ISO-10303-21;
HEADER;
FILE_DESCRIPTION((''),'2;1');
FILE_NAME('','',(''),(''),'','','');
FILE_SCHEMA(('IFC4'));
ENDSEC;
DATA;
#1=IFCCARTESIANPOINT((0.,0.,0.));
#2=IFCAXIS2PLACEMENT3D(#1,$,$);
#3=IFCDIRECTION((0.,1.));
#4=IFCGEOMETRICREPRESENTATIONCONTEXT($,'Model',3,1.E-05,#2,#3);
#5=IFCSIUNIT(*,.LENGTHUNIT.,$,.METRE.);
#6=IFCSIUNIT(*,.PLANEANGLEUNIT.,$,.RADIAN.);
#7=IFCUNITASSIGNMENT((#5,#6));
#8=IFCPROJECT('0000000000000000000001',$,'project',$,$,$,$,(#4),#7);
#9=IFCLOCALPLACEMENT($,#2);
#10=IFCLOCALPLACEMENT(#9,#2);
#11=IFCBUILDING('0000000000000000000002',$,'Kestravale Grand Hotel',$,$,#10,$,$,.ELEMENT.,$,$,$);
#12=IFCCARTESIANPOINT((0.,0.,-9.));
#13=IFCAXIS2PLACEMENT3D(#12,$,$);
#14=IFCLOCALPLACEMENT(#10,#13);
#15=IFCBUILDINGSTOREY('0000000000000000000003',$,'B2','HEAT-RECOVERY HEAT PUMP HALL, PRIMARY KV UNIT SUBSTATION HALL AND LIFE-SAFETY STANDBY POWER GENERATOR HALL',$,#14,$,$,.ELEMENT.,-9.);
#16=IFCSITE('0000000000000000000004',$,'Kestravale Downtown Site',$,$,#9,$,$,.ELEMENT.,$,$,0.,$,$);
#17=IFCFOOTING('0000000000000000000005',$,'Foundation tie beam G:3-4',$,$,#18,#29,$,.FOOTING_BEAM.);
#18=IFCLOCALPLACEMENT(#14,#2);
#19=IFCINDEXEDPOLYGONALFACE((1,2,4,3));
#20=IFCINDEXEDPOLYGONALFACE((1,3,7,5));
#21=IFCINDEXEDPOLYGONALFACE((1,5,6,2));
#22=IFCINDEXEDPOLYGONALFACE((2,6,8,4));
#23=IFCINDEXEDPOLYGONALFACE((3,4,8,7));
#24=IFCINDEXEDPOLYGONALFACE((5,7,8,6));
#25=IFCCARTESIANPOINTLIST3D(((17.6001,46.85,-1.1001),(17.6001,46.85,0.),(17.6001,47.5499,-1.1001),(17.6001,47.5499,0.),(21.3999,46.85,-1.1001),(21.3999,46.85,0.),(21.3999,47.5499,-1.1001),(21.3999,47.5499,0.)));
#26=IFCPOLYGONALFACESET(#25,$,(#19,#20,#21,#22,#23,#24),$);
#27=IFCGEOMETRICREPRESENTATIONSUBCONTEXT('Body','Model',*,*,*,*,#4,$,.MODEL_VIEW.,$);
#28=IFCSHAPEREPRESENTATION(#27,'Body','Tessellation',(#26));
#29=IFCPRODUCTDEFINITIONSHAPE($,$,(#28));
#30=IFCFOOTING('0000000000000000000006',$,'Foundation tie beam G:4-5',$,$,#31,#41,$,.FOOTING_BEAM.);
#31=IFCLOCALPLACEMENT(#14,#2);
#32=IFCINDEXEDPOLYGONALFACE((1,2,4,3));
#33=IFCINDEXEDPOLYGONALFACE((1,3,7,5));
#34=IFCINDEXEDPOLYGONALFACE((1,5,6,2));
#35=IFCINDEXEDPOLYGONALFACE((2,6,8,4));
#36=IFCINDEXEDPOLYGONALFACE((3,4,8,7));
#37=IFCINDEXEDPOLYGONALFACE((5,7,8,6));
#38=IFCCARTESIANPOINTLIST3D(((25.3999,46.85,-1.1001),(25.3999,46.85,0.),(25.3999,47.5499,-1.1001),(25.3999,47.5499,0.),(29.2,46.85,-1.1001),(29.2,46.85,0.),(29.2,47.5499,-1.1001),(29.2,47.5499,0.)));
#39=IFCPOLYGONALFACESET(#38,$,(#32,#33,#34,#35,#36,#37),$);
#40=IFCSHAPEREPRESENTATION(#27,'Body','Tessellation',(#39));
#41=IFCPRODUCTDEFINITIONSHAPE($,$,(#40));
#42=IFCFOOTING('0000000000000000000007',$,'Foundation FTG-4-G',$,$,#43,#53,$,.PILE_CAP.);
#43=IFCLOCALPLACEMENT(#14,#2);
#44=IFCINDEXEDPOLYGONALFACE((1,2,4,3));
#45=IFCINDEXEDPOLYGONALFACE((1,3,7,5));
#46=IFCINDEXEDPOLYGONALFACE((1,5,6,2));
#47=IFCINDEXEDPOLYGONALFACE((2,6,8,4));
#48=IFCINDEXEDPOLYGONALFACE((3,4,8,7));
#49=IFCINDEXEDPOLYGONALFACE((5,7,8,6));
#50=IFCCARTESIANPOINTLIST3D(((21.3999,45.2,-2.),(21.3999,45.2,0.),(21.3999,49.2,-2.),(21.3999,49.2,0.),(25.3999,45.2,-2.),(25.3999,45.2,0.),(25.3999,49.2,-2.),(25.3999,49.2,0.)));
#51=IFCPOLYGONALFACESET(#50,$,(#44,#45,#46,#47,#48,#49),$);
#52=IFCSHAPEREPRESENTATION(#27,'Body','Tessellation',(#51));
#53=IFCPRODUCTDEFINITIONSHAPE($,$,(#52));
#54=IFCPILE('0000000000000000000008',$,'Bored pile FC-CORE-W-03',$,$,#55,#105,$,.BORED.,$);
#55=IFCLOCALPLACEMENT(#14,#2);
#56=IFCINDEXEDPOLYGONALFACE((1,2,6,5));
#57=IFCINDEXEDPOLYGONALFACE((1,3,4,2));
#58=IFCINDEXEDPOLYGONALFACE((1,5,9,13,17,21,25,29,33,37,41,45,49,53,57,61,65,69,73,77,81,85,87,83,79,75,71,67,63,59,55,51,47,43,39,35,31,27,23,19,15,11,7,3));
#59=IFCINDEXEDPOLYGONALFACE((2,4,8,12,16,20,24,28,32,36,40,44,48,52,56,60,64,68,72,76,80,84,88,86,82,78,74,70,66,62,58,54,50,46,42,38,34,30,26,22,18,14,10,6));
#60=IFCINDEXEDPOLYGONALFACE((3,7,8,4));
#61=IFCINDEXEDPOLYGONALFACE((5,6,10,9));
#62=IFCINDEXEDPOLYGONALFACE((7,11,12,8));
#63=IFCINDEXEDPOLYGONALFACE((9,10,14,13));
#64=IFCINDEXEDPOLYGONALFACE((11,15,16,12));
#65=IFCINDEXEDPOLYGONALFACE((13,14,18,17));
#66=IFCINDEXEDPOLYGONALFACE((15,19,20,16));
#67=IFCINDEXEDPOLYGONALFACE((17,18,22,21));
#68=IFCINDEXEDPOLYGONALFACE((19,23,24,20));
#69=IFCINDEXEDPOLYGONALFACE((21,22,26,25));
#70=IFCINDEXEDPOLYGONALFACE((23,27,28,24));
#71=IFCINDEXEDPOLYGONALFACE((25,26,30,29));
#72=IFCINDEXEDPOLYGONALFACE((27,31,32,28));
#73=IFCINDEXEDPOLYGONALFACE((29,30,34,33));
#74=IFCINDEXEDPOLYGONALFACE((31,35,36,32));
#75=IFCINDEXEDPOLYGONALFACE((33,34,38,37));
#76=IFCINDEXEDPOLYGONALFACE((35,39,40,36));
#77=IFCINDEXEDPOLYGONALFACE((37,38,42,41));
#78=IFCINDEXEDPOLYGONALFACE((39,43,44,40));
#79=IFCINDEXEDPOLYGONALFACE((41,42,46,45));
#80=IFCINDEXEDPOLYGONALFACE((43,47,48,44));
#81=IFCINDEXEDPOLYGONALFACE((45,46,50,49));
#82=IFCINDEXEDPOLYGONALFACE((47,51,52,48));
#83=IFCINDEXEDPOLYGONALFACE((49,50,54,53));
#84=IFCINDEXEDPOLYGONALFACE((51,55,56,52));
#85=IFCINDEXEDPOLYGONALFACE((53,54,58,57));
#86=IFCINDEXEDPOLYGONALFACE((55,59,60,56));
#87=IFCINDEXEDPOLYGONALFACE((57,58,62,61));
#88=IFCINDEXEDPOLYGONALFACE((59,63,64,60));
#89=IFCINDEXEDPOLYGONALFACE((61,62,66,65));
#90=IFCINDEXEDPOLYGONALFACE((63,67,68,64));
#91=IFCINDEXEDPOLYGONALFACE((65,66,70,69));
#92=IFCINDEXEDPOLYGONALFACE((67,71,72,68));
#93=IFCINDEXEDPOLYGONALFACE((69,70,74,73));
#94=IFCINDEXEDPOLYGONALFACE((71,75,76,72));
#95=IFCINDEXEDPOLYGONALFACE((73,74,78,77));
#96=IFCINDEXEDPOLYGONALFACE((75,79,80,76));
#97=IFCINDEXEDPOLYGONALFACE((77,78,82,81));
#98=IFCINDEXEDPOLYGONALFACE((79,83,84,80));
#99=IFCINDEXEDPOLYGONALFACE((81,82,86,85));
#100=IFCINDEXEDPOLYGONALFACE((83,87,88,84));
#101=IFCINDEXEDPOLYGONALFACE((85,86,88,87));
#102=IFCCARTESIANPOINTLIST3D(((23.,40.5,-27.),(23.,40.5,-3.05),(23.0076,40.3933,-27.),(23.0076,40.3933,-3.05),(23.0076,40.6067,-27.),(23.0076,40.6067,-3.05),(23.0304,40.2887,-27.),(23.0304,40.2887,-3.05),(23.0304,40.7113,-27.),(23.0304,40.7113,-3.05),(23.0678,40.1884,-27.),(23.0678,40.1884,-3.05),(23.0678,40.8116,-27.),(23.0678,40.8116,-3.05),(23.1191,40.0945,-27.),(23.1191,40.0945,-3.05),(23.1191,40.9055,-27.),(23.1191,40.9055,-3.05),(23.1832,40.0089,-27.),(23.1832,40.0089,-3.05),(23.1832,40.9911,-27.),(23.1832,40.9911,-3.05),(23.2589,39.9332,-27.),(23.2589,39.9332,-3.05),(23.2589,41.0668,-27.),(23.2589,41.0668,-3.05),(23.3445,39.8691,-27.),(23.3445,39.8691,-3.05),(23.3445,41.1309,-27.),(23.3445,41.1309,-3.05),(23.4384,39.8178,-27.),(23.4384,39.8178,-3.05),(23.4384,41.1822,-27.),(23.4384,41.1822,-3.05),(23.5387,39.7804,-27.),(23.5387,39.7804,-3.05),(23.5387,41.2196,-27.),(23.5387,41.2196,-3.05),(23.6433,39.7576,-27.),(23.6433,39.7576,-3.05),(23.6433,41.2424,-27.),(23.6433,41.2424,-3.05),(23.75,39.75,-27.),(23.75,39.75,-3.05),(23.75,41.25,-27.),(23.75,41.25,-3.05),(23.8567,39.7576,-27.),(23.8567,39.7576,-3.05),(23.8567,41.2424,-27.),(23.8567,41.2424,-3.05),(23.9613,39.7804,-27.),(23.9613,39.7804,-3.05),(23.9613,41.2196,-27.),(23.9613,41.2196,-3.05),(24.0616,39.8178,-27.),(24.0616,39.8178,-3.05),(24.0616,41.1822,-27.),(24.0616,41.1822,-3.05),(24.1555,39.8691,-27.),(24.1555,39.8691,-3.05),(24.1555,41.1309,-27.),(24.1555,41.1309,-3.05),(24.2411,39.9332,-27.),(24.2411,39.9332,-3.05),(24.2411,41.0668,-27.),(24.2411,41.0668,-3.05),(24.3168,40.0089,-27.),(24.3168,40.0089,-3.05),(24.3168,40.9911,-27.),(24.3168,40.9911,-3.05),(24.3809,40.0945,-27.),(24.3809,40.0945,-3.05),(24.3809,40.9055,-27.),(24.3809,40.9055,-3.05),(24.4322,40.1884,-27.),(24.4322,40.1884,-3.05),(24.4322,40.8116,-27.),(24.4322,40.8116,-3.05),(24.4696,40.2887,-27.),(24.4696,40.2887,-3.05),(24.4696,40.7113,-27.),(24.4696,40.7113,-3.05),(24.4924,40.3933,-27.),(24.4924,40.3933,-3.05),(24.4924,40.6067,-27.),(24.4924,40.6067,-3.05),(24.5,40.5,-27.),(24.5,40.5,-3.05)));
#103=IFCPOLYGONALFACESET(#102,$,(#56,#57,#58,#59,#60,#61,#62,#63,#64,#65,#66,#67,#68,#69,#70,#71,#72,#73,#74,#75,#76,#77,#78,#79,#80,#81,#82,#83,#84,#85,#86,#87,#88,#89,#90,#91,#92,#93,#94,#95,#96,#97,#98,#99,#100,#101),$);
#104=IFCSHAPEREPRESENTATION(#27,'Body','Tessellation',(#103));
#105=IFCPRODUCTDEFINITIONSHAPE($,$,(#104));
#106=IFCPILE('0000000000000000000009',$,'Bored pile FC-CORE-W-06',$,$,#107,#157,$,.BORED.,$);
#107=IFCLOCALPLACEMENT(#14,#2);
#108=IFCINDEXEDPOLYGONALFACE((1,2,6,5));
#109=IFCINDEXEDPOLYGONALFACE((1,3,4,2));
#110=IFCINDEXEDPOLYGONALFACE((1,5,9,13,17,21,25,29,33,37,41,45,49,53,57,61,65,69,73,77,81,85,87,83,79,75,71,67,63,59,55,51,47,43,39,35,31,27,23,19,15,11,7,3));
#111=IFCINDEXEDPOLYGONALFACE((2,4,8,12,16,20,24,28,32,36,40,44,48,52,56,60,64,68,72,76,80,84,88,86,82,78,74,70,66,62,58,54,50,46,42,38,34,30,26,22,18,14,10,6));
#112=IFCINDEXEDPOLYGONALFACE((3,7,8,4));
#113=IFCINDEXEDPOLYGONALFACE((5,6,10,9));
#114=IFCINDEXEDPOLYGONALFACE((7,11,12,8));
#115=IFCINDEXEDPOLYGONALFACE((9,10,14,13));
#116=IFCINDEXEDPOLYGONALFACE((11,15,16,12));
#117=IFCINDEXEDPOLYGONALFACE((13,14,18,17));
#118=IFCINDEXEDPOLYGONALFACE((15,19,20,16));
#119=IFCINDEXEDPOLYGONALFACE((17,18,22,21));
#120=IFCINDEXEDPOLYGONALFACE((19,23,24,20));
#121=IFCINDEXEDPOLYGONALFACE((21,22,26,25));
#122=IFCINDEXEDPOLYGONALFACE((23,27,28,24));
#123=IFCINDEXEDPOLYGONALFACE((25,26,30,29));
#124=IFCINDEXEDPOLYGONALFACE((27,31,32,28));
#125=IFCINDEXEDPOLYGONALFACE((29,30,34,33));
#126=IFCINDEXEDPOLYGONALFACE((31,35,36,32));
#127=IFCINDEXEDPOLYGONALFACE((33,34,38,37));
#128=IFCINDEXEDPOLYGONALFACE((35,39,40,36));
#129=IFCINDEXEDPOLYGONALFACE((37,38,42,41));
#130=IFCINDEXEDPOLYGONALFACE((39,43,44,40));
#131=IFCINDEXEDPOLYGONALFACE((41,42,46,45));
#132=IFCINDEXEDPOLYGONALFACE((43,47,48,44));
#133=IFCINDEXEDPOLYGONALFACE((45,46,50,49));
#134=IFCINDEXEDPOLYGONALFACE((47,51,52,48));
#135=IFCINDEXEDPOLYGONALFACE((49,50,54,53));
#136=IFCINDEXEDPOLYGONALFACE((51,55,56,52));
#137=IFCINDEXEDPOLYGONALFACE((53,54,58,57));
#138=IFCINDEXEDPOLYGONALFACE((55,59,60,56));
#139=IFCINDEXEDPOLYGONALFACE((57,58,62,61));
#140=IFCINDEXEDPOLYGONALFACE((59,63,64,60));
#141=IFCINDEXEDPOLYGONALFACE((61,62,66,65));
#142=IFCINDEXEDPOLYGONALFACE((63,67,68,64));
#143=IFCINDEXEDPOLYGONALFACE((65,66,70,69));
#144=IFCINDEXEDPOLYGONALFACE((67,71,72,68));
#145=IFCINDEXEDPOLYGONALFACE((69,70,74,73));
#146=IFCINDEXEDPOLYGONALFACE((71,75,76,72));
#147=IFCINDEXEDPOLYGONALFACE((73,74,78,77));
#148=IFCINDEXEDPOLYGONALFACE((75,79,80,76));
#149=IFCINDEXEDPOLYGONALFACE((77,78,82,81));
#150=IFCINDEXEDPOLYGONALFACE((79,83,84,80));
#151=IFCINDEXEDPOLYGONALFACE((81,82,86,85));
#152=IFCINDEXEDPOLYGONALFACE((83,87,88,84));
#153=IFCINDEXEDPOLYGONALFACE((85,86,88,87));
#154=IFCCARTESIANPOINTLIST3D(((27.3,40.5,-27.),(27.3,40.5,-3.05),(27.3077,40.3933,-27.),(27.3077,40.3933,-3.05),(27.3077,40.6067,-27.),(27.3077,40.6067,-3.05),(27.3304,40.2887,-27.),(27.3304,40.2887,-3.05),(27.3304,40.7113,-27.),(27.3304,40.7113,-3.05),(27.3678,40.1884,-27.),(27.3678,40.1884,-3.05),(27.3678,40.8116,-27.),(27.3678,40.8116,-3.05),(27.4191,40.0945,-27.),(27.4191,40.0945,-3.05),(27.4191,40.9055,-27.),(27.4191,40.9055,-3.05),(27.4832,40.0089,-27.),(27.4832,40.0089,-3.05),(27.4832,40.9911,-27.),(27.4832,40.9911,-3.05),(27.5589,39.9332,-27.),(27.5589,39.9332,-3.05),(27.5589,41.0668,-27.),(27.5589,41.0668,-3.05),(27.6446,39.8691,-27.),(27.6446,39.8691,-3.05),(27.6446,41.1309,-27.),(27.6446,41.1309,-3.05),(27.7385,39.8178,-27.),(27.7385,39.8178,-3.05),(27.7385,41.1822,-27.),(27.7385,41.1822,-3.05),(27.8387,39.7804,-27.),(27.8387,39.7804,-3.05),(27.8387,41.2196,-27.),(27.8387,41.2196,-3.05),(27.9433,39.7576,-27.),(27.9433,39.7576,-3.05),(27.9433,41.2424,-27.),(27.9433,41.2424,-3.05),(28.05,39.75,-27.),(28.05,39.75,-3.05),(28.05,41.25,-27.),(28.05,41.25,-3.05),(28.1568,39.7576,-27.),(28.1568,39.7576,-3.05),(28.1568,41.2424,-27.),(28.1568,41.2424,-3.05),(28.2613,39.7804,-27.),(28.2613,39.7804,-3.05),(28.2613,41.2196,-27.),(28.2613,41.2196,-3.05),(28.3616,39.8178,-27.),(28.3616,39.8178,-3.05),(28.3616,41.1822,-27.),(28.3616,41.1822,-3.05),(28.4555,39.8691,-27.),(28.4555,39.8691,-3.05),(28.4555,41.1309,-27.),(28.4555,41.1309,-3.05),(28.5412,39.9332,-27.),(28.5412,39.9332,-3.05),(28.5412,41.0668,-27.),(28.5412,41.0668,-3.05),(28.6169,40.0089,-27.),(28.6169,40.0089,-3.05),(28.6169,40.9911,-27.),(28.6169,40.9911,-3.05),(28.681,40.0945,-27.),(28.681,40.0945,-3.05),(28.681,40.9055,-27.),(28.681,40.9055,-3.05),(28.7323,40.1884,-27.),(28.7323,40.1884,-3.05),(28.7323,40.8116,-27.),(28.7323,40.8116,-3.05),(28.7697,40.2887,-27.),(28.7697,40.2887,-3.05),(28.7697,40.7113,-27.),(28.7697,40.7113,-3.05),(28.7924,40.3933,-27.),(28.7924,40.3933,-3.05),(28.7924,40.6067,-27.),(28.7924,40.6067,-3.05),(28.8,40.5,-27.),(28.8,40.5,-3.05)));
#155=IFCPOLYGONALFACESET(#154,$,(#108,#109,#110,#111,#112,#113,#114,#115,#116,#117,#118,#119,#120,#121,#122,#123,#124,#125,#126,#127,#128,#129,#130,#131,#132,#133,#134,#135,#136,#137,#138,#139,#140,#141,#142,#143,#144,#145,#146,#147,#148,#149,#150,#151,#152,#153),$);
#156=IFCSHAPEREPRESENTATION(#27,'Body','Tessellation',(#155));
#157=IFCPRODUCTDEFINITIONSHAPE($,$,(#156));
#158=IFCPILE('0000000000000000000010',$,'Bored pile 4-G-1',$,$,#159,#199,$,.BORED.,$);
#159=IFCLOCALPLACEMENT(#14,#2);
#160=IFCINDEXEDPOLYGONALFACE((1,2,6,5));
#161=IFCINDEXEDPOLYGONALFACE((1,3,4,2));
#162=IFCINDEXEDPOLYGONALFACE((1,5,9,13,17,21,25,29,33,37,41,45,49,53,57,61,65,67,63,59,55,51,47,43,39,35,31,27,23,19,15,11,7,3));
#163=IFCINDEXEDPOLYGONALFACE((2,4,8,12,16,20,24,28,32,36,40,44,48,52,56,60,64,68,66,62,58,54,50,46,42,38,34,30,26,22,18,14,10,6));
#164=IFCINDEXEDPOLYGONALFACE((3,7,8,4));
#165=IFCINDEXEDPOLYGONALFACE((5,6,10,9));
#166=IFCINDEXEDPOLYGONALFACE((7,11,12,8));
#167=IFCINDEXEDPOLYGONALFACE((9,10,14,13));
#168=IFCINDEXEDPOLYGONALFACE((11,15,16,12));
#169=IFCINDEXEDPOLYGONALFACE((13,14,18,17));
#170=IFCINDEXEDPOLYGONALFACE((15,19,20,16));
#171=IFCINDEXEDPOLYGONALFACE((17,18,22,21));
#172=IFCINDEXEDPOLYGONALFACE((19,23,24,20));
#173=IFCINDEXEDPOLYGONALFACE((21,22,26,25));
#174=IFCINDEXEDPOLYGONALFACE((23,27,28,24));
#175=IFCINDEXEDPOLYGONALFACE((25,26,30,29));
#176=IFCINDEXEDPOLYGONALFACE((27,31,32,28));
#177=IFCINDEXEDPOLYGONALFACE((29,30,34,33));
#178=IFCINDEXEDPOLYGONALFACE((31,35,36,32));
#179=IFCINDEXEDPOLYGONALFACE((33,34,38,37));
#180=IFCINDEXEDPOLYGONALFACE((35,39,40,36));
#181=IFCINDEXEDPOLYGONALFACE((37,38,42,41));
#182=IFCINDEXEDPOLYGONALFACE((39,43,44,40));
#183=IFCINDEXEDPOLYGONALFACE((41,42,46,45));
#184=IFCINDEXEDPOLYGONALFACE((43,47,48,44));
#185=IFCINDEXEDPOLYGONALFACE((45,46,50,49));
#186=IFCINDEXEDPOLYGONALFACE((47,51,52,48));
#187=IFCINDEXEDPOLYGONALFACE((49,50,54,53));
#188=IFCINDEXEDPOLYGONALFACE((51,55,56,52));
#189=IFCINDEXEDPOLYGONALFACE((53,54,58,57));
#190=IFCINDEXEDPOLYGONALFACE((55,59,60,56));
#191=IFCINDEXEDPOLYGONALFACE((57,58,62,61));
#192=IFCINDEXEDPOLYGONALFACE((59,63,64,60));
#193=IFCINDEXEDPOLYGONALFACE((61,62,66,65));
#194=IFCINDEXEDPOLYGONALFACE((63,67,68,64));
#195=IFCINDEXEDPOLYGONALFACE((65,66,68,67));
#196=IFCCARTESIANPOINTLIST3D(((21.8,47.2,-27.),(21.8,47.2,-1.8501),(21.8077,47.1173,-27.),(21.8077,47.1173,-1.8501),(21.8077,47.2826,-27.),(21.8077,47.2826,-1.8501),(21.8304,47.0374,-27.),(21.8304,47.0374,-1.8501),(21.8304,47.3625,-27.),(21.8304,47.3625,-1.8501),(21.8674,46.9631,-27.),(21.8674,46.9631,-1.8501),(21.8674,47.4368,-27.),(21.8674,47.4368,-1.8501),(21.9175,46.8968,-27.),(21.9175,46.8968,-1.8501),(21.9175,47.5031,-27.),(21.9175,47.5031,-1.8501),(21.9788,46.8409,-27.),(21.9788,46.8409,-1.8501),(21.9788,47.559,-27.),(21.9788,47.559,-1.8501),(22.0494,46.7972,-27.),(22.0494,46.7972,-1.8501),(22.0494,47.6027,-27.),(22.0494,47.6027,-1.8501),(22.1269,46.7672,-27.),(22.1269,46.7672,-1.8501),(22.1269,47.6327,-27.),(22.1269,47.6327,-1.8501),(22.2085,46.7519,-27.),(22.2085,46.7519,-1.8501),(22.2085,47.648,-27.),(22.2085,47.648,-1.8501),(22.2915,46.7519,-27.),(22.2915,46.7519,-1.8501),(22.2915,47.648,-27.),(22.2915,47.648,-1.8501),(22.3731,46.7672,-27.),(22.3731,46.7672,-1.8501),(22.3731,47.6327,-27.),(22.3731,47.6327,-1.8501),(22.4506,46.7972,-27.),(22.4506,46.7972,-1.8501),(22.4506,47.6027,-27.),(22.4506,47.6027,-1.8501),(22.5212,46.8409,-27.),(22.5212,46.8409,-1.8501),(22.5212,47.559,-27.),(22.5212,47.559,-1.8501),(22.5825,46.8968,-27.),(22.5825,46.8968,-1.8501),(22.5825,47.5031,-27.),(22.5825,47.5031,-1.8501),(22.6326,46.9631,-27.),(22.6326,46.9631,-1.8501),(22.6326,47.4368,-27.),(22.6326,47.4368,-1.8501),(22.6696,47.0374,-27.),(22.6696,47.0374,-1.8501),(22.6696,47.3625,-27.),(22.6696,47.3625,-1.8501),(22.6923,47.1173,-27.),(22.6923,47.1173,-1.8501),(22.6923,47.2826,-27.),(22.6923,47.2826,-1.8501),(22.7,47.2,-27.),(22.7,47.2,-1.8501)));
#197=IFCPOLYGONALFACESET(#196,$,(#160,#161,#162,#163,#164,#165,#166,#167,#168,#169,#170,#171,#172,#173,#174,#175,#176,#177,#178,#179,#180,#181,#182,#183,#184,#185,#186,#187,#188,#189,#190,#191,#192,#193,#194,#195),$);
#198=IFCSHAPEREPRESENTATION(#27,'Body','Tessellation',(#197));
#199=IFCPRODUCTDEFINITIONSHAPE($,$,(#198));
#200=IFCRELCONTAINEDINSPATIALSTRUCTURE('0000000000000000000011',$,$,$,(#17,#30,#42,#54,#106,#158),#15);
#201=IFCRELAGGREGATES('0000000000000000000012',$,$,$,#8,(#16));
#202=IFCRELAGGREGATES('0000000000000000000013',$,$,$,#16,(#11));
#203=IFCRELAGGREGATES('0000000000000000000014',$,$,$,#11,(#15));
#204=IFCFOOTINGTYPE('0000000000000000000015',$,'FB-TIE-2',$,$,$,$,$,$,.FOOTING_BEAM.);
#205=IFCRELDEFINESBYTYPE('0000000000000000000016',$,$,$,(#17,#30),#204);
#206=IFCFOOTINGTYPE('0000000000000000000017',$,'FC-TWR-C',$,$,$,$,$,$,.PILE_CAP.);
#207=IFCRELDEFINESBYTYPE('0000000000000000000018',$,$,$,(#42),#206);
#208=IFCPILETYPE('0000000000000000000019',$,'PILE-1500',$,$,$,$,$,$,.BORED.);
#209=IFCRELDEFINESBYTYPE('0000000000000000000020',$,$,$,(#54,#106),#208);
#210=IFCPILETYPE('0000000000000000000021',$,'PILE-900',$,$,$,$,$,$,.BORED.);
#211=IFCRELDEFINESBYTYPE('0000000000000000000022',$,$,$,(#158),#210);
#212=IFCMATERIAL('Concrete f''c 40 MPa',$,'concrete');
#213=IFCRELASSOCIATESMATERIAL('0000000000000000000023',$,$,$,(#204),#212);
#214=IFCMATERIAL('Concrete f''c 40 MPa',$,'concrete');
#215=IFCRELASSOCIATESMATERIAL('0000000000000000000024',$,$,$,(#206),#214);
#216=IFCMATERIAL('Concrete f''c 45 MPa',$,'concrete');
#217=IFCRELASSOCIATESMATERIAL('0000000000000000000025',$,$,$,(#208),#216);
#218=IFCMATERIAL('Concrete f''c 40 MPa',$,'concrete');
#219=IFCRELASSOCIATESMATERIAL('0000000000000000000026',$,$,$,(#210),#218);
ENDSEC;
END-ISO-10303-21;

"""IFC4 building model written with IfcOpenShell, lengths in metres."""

from ifc_helpers import new_model, si_unit, direction, frame, origin, origin_2d, place, context, subcontext, project, spatial, rectangle, circle, extrude, material, material_profile, profile_set, type_object, element, save


model = new_model("IFC4")

# Units and contexts
model_context = context("Model", 3, precision=1e-05, world=origin(), true_north=direction((0.0, 1.0)))
body_context = subcontext(model_context, "Body", "Model", "MODEL_VIEW")
ifc_project = project(units=[si_unit("LENGTHUNIT", "METRE"), si_unit("PLANEANGLEUNIT", "RADIAN")], contexts=[model_context])

# Site, building, storey
site_placement = place(None, origin())
site = spatial("IfcSite", under=ifc_project, at=site_placement, Name="Kestravale Downtown Site", CompositionType="ELEMENT", RefElevation=0.0)
building_placement = place(site_placement, origin())
building = spatial("IfcBuilding", under=site, at=building_placement, Name="Kestravale Grand Hotel", CompositionType="ELEMENT")
storey_placement = place(building_placement, frame((0.0, 0.0, -9.0)))
storey = spatial("IfcBuildingStorey", under=building, at=storey_placement, Name="B2", Description="HEAT-RECOVERY HEAT PUMP HALL, PRIMARY KV UNIT SUBSTATION HALL AND LIFE-SAFETY STANDBY POWER GENERATOR HALL", CompositionType="ELEMENT", Elevation=-9.0)

# Footings
ifc_material_1 = material(Name="Concrete f'c 40 MPa", Category="concrete")
ifc_material_profile_1 = material_profile(ifc_material_1, rectangle(XDim=0.7, YDim=1.1001, at=origin_2d()))
ifc_profile_set_1 = profile_set([ifc_material_profile_1], Name="Concrete f'c 40 MPa")
footing_type_1 = type_object("IfcFootingType", Name="FB-TIE-2", PredefinedType="FOOTING_BEAM", material=ifc_profile_set_1)
footing_1_placement = place(storey_placement, frame((17.6001, 47.2, -0.55), z_axis=(1.0, 0.0, 0.0), x_axis=(0.0, 1.0, 0.0)))
element("IfcFooting", 1, at=footing_1_placement, inside=storey, type_object=footing_type_1, Name="Foundation tie beam G:3-4", PredefinedType="FOOTING_BEAM", context=body_context, shape_type="SweptSolid", body=[
    extrude(rectangle(XDim=0.7, YDim=1.1001, at=origin_2d()), origin(), (0.0, 0.0, 1.0), 3.7998),
])
footing_2_placement = place(storey_placement, frame((25.3999, 47.2, -0.55), z_axis=(1.0, 0.0, 0.0), x_axis=(0.0, 1.0, 0.0)))
element("IfcFooting", 2, at=footing_2_placement, inside=storey, type_object=footing_type_1, Name="Foundation tie beam G:4-5", PredefinedType="FOOTING_BEAM", context=body_context, shape_type="SweptSolid", body=[
    extrude(rectangle(XDim=0.7, YDim=1.1001, at=origin_2d()), origin(), (0.0, 0.0, 1.0), 3.8),
])
ifc_material_2 = material(Name="Concrete f'c 40 MPa", Category="concrete")
footing_type_2 = type_object("IfcFootingType", Name="FC-TWR-C", PredefinedType="PILE_CAP", material=ifc_material_2)
footing_3_placement = place(storey_placement, frame((23.3999, 47.2, -2.0), z_axis=(0.0, 0.0, 1.0), x_axis=(1.0, 0.0, 0.0)))
element("IfcFooting", 3, at=footing_3_placement, inside=storey, type_object=footing_type_2, Name="Foundation FTG-4-G", PredefinedType="PILE_CAP", context=body_context, shape_type="SweptSolid", body=[
    extrude(rectangle(XDim=4.0, YDim=4.0, at=origin_2d()), origin(), (0.0, 0.0, 1.0), 2.0),
])

# Piles
ifc_material_3 = material(Name="Concrete f'c 45 MPa", Category="concrete")
ifc_material_profile_2 = material_profile(ifc_material_3, circle(Radius=0.75, at=origin_2d()))
ifc_profile_set_2 = profile_set([ifc_material_profile_2], Name="Concrete f'c 45 MPa")
pile_type_1 = type_object("IfcPileType", Name="PILE-1500", PredefinedType="BORED", material=ifc_profile_set_2)
for number, where, z_axis, x_axis, name in (
    (4, (23.75, 40.5, -3.05), (0.0, 0.0, -1.0), (1.0, 0.0, 0.0), "Bored pile FC-CORE-W-03"),
    (5, (28.05, 40.5, -3.05), (0.0, 0.0, -1.0), (1.0, 0.0, 0.0), "Bored pile FC-CORE-W-06"),
):
    element("IfcPile", number, at=place(storey_placement, frame(where, z_axis=z_axis, x_axis=x_axis)), inside=storey, type_object=pile_type_1, Name=name, PredefinedType="BORED", context=body_context, shape_type="SweptSolid", body=[
        extrude(circle(Radius=0.75, at=origin_2d()), origin(), (0.0, 0.0, 1.0), 23.95),
    ])
ifc_material_4 = material(Name="Concrete f'c 40 MPa", Category="concrete")
ifc_material_profile_3 = material_profile(ifc_material_4, circle(Radius=0.45, at=origin_2d()))
ifc_profile_set_3 = profile_set([ifc_material_profile_3], Name="Concrete f'c 40 MPa")
pile_type_2 = type_object("IfcPileType", Name="PILE-900", PredefinedType="BORED", material=ifc_profile_set_3)
for number, where, z_axis, x_axis, name in (
    (6, (22.25, 47.2, -1.8501), (0.0, 0.0, -1.0), (1.0, 0.0, 0.0), "Bored pile 4-G-1"),
):
    element("IfcPile", number, at=place(storey_placement, frame(where, z_axis=z_axis, x_axis=x_axis)), inside=storey, type_object=pile_type_2, Name=name, PredefinedType="BORED", context=body_context, shape_type="SweptSolid", body=[
        extrude(circle(Radius=0.45, at=origin_2d()), origin(), (0.0, 0.0, 1.0), 25.1499),
    ])

save(model, "model.ifc")
